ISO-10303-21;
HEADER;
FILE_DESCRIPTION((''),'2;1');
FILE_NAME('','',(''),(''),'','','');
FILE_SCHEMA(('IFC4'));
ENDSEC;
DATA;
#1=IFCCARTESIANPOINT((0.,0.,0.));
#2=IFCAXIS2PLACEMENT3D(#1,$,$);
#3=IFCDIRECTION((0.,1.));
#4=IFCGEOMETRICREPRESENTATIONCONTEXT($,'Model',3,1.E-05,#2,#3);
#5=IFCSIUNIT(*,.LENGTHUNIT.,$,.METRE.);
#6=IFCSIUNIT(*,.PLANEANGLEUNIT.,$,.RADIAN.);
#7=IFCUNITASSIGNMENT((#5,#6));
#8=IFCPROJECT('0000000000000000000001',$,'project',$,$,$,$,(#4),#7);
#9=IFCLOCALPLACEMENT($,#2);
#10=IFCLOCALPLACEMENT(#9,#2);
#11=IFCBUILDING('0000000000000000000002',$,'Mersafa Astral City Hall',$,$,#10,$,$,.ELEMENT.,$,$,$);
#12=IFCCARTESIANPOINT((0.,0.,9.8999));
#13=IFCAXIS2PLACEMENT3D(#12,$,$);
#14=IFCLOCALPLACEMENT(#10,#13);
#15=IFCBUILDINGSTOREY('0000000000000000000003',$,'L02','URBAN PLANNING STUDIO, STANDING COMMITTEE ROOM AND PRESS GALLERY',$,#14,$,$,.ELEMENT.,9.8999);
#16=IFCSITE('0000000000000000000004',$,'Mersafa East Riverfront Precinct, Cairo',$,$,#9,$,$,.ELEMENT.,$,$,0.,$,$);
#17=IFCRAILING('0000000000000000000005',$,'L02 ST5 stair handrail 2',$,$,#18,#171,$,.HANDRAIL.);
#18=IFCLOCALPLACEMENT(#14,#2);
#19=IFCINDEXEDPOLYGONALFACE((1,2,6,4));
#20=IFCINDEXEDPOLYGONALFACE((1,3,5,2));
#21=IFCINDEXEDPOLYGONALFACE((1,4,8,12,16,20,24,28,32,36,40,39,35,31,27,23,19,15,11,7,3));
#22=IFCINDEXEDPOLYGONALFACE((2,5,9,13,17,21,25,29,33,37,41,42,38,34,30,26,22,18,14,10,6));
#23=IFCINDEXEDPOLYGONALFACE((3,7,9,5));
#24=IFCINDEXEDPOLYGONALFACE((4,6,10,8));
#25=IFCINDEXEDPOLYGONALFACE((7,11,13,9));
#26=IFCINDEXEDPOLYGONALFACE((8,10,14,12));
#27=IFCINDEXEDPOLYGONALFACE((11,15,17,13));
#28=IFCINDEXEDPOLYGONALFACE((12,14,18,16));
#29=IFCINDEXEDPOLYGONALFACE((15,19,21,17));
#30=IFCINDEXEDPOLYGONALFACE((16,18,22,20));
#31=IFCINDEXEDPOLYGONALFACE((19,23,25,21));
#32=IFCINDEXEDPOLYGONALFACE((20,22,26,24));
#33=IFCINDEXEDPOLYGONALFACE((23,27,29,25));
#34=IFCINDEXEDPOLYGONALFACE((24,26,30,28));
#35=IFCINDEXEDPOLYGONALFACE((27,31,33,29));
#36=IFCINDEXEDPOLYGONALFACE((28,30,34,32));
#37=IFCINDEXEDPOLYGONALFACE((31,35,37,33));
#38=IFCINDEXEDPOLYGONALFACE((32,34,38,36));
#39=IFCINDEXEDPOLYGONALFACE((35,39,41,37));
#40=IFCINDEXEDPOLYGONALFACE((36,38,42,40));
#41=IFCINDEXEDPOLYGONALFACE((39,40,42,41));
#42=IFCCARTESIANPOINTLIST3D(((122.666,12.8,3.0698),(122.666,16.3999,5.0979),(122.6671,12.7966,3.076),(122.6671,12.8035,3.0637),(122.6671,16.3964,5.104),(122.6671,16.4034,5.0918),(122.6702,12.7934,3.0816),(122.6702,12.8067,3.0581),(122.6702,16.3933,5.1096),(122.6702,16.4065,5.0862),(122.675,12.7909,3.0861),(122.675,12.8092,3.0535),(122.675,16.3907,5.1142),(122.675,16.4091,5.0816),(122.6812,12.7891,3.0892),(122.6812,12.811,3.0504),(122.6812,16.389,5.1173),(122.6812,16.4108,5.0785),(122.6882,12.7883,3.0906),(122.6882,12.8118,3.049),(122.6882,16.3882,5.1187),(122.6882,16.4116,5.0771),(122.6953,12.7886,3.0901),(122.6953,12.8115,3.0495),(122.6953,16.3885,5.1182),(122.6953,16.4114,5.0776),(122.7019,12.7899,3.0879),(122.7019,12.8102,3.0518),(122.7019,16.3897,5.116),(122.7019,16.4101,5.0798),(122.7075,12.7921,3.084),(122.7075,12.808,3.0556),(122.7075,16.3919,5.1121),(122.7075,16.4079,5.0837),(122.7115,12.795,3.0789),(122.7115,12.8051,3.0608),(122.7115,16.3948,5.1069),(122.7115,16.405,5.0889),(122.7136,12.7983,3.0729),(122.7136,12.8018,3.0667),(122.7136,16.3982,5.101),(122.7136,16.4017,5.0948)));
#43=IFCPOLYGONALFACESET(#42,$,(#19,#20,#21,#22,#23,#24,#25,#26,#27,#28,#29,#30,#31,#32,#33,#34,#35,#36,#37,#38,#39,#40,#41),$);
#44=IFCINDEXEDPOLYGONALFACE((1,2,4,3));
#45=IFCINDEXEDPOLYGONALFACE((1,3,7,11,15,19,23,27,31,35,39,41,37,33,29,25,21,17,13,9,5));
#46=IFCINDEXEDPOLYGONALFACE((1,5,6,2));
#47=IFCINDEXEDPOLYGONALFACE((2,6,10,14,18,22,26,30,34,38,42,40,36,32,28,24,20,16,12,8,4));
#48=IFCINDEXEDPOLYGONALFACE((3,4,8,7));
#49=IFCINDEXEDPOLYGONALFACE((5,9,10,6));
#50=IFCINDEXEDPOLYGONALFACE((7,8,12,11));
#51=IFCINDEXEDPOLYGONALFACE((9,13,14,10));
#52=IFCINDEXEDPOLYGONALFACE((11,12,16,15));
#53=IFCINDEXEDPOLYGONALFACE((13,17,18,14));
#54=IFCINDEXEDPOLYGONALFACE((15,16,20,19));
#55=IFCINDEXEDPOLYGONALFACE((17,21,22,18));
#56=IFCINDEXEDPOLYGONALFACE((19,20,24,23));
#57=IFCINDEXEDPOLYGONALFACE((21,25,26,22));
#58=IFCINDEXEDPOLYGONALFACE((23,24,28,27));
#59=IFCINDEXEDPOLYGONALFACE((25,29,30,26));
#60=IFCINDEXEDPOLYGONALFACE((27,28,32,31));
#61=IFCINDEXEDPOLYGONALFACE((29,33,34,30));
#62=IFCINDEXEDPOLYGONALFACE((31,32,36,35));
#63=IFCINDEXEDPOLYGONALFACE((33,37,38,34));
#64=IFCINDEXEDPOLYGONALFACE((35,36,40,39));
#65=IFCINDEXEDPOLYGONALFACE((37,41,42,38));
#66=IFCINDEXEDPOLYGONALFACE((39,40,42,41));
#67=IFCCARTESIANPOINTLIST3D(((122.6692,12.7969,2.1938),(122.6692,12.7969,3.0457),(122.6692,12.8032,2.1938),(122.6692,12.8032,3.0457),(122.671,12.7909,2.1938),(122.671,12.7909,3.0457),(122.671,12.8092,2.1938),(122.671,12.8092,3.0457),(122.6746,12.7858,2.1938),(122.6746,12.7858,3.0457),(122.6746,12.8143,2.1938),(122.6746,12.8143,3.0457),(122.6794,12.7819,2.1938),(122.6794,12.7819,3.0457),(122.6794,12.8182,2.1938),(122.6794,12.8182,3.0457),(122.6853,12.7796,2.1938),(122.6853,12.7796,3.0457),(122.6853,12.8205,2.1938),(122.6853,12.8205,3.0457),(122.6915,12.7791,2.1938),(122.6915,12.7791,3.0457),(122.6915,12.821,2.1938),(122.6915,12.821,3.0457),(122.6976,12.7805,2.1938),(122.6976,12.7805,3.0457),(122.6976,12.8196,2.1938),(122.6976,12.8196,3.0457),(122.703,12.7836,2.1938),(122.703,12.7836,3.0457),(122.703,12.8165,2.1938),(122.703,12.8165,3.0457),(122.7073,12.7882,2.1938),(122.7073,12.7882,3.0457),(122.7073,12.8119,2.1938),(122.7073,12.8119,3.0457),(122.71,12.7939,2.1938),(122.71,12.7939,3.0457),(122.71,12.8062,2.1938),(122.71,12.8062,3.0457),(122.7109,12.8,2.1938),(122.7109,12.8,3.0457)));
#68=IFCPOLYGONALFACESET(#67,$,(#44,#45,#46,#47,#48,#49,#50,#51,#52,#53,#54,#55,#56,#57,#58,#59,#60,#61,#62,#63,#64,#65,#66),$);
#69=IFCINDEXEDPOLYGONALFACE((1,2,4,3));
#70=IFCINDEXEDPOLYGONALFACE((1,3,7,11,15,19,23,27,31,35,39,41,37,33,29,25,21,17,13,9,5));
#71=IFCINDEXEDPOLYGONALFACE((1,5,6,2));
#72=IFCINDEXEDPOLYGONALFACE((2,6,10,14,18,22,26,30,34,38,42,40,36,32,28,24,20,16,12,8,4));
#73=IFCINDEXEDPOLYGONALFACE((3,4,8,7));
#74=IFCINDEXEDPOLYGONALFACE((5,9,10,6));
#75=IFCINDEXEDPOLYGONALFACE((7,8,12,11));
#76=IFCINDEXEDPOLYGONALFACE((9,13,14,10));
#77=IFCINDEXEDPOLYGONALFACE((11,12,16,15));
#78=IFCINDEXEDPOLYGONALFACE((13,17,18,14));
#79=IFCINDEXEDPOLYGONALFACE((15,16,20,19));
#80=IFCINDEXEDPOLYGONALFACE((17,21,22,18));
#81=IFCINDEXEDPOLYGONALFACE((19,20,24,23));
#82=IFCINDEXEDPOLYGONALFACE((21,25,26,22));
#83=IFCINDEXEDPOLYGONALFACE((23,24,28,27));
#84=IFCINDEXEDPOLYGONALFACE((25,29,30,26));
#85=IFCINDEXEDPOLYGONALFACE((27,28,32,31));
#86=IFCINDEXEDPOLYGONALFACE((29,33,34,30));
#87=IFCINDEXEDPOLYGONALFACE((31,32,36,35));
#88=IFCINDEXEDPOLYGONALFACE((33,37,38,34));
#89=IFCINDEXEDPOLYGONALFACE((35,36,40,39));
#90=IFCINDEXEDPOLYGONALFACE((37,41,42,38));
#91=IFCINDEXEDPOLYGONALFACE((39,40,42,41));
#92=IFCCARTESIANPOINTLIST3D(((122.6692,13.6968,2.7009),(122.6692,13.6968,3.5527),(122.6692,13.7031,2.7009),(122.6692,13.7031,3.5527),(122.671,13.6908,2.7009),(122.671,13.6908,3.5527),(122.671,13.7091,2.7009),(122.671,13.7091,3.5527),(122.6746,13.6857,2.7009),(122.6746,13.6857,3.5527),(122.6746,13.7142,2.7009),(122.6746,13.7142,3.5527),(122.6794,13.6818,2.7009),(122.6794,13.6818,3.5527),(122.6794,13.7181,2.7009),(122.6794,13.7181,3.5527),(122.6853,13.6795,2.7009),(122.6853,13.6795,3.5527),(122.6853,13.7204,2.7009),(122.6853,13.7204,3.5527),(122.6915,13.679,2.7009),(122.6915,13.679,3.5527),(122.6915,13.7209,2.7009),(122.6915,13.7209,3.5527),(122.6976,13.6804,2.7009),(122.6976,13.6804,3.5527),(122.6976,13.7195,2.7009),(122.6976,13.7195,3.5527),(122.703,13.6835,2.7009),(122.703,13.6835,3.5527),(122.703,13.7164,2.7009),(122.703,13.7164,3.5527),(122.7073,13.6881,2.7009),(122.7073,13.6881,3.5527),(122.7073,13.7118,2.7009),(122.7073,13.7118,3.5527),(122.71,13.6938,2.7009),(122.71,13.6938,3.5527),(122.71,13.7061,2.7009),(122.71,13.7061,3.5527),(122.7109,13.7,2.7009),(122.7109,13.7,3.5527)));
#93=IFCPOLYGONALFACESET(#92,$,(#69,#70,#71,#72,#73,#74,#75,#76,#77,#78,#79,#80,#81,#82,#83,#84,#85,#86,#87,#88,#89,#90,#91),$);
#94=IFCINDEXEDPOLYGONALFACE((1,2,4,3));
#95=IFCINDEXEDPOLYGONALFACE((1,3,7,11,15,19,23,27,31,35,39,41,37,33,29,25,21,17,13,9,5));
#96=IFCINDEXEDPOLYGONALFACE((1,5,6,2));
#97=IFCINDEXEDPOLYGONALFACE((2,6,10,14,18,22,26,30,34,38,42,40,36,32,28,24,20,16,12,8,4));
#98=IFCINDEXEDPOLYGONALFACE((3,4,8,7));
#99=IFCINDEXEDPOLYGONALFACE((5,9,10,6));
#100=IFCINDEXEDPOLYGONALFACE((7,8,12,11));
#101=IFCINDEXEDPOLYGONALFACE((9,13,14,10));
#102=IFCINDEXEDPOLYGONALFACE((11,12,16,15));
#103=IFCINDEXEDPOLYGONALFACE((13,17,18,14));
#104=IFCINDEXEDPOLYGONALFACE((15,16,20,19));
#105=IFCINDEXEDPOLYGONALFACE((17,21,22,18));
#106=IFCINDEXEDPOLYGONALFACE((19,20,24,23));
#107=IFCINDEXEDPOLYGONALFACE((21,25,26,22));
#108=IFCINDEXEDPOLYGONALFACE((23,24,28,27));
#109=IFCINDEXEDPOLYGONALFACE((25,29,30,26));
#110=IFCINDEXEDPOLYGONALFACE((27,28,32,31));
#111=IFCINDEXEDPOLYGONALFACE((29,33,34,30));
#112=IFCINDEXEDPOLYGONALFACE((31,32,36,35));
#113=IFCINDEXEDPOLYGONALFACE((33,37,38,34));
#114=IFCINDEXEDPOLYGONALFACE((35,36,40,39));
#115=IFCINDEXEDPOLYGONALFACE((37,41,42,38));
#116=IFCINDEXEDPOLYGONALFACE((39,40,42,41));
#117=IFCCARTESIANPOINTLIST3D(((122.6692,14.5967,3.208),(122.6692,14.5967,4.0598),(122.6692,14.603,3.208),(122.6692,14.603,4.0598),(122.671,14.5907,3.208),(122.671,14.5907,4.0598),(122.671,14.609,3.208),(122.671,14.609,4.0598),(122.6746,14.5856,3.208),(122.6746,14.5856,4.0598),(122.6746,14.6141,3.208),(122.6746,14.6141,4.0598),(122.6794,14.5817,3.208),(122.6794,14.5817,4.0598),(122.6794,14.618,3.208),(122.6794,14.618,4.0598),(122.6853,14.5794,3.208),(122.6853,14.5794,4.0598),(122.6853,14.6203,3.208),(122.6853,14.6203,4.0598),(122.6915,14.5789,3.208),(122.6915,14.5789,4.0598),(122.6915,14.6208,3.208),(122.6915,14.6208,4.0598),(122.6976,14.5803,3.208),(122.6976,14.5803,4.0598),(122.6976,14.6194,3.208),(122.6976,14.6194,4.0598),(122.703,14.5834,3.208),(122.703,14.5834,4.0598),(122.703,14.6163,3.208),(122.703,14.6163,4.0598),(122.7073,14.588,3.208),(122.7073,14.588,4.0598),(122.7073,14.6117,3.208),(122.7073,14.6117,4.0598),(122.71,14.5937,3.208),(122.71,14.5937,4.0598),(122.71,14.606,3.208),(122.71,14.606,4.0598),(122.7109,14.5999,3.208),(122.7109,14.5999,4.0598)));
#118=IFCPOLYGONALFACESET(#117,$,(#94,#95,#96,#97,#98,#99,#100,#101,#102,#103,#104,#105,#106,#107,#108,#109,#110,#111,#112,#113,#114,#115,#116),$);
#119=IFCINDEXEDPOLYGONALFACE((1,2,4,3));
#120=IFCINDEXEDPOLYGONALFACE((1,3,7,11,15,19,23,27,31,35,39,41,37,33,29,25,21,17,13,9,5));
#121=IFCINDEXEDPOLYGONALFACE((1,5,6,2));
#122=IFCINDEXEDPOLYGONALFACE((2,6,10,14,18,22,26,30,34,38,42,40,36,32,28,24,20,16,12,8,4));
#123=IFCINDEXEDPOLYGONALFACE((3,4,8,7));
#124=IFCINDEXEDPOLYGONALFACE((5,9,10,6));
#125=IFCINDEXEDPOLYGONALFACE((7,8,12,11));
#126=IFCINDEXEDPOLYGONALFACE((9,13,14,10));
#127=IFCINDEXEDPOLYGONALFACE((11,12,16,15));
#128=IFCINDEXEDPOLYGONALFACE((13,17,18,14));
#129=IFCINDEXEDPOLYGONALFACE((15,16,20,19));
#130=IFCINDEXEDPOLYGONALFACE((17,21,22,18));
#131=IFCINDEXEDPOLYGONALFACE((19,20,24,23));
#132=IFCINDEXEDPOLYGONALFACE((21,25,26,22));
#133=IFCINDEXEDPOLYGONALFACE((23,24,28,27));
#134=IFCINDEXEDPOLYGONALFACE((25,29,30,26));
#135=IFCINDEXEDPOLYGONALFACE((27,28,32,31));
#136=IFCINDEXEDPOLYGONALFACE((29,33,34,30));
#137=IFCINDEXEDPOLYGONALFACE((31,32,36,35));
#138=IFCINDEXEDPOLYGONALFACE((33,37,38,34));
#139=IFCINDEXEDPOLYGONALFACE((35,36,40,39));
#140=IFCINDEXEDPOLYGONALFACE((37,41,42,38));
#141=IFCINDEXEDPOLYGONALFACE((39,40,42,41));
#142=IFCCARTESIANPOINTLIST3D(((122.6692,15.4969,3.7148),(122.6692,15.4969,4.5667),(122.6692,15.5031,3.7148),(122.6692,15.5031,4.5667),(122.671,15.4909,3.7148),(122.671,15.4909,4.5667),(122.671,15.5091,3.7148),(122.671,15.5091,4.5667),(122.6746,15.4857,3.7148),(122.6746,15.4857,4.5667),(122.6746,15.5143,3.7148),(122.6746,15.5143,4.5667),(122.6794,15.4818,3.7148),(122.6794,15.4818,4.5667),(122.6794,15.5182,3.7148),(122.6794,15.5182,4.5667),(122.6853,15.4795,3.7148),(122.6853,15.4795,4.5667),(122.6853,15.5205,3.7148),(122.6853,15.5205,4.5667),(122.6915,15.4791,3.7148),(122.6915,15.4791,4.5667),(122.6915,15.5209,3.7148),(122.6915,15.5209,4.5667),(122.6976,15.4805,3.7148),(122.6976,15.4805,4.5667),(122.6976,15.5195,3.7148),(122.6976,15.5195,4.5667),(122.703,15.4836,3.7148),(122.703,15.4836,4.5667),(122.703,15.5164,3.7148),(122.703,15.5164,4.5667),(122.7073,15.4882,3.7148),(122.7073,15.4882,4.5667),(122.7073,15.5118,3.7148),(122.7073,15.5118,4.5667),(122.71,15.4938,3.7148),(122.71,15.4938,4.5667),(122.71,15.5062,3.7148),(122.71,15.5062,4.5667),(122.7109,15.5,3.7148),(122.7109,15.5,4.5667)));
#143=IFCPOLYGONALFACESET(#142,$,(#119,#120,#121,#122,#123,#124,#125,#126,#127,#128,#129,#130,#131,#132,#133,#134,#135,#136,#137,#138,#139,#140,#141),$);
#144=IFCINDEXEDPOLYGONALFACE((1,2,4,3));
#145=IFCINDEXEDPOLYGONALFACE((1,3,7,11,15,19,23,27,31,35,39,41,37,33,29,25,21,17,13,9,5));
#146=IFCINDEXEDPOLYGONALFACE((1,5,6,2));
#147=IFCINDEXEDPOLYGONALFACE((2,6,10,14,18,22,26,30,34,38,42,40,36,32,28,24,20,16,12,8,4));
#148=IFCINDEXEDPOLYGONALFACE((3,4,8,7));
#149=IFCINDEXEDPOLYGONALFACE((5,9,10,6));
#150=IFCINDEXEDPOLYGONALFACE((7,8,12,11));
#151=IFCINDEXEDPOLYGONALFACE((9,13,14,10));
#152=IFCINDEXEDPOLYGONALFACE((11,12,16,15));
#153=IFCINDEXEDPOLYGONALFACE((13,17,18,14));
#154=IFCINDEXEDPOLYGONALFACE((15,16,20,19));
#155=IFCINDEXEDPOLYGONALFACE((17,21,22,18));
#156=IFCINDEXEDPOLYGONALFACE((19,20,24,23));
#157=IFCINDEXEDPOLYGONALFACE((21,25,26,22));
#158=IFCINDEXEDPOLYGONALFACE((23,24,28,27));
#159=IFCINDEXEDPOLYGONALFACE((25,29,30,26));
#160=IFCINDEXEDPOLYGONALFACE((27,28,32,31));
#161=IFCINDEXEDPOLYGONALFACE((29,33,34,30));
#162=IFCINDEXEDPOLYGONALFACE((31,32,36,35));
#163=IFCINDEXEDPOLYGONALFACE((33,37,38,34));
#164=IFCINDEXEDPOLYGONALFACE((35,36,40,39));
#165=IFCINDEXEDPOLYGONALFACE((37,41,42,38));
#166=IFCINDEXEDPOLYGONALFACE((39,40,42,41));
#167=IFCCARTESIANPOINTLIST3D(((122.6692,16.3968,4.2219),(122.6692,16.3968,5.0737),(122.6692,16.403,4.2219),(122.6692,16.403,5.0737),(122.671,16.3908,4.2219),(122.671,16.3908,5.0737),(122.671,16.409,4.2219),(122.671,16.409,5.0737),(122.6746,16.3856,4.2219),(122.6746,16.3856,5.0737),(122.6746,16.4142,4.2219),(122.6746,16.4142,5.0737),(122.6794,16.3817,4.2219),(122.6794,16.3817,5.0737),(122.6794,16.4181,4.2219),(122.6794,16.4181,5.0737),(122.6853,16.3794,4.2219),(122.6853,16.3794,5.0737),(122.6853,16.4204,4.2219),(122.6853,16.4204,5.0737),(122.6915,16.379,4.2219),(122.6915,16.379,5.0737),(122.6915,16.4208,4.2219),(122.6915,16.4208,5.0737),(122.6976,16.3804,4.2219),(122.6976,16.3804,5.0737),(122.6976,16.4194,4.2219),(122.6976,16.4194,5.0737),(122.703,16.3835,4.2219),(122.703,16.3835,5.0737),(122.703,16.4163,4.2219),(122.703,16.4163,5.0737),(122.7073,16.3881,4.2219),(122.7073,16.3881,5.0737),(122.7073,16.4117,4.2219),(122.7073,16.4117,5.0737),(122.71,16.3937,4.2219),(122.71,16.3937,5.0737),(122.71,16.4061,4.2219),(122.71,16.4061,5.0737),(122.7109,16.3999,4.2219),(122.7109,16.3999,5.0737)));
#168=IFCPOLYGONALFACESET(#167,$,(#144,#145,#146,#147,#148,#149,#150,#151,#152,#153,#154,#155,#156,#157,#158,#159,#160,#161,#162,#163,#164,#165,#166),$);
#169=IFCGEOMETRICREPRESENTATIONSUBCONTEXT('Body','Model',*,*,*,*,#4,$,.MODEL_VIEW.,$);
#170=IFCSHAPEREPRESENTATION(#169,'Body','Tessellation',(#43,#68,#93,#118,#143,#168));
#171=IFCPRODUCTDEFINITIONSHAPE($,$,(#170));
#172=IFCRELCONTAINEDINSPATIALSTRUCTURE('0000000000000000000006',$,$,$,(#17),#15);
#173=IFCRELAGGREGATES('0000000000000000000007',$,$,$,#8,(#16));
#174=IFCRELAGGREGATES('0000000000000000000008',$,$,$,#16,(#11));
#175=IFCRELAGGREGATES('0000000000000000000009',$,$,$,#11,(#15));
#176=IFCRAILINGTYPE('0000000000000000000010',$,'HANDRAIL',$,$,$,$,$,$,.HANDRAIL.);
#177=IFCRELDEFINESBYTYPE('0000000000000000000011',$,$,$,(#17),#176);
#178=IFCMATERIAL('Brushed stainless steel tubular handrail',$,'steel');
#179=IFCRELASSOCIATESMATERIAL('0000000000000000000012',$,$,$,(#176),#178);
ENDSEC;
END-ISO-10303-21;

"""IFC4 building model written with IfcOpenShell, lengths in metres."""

from ifc_helpers import new_model, si_unit, direction, frame, origin, origin_2d, place, context, subcontext, project, spatial, circle, extrude, material, type_object, element, save


model = new_model("IFC4")

# Units and contexts
model_context = context("Model", 3, precision=1e-05, world=origin(), true_north=direction((0.0, 1.0)))
body_context = subcontext(model_context, "Body", "Model", "MODEL_VIEW")
ifc_project = project(units=[si_unit("LENGTHUNIT", "METRE"), si_unit("PLANEANGLEUNIT", "RADIAN")], contexts=[model_context])

# Site, building, storey
site_placement = place(None, origin())
site = spatial("IfcSite", under=ifc_project, at=site_placement, Name="Mersafa East Riverfront Precinct, Cairo", CompositionType="ELEMENT", RefElevation=0.0)
building_placement = place(site_placement, origin())
building = spatial("IfcBuilding", under=site, at=building_placement, Name="Mersafa Astral City Hall", CompositionType="ELEMENT")
storey_placement = place(building_placement, frame((0.0, 0.0, 9.8999)))
storey = spatial("IfcBuildingStorey", under=building, at=storey_placement, Name="L02", Description="URBAN PLANNING STUDIO, STANDING COMMITTEE ROOM AND PRESS GALLERY", CompositionType="ELEMENT", Elevation=9.8999)

# Railing
ifc_material_1 = material(Name="Brushed stainless steel tubular handrail", Category="steel")
railing_type_1 = type_object("IfcRailingType", Name="HANDRAIL", PredefinedType="HANDRAIL", material=ifc_material_1)
railing_1_placement = place(storey_placement, frame((122.6899, 12.8, 2.1938)))
element("IfcRailing", 1, at=railing_1_placement, inside=storey, type_object=railing_type_1, Name="L02 ST5 stair handrail 2", PredefinedType="HANDRAIL", context=body_context, shape_type="SweptSolid", body=[
    extrude(circle(Radius=0.0239, at=origin_2d()), frame((0.0, 0.0, 0.876), z_axis=(0.0, 0.871249, 0.490842), x_axis=(-1.0, 0.0, 0.0)), (0.0, 0.0, 1.0), 4.1318),
    extrude(circle(Radius=0.021, at=origin_2d()), origin(), (0.0, 0.0, 1.0), 0.8518),
    extrude(circle(Radius=0.021, at=origin_2d()), frame((0.0, 0.8999, 0.5071)), (0.0, 0.0, 1.0), 0.8518),
    extrude(circle(Radius=0.021, at=origin_2d()), frame((0.0, 1.7998, 1.0142)), (0.0, 0.0, 1.0), 0.8518),
    extrude(circle(Radius=0.021, at=origin_2d()), frame((0.0, 2.7, 1.521)), (0.0, 0.0, 1.0), 0.8518),
    extrude(circle(Radius=0.021, at=origin_2d()), frame((0.0, 3.5999, 2.0281)), (0.0, 0.0, 1.0), 0.8518),
])

save(model, "model.ifc")
